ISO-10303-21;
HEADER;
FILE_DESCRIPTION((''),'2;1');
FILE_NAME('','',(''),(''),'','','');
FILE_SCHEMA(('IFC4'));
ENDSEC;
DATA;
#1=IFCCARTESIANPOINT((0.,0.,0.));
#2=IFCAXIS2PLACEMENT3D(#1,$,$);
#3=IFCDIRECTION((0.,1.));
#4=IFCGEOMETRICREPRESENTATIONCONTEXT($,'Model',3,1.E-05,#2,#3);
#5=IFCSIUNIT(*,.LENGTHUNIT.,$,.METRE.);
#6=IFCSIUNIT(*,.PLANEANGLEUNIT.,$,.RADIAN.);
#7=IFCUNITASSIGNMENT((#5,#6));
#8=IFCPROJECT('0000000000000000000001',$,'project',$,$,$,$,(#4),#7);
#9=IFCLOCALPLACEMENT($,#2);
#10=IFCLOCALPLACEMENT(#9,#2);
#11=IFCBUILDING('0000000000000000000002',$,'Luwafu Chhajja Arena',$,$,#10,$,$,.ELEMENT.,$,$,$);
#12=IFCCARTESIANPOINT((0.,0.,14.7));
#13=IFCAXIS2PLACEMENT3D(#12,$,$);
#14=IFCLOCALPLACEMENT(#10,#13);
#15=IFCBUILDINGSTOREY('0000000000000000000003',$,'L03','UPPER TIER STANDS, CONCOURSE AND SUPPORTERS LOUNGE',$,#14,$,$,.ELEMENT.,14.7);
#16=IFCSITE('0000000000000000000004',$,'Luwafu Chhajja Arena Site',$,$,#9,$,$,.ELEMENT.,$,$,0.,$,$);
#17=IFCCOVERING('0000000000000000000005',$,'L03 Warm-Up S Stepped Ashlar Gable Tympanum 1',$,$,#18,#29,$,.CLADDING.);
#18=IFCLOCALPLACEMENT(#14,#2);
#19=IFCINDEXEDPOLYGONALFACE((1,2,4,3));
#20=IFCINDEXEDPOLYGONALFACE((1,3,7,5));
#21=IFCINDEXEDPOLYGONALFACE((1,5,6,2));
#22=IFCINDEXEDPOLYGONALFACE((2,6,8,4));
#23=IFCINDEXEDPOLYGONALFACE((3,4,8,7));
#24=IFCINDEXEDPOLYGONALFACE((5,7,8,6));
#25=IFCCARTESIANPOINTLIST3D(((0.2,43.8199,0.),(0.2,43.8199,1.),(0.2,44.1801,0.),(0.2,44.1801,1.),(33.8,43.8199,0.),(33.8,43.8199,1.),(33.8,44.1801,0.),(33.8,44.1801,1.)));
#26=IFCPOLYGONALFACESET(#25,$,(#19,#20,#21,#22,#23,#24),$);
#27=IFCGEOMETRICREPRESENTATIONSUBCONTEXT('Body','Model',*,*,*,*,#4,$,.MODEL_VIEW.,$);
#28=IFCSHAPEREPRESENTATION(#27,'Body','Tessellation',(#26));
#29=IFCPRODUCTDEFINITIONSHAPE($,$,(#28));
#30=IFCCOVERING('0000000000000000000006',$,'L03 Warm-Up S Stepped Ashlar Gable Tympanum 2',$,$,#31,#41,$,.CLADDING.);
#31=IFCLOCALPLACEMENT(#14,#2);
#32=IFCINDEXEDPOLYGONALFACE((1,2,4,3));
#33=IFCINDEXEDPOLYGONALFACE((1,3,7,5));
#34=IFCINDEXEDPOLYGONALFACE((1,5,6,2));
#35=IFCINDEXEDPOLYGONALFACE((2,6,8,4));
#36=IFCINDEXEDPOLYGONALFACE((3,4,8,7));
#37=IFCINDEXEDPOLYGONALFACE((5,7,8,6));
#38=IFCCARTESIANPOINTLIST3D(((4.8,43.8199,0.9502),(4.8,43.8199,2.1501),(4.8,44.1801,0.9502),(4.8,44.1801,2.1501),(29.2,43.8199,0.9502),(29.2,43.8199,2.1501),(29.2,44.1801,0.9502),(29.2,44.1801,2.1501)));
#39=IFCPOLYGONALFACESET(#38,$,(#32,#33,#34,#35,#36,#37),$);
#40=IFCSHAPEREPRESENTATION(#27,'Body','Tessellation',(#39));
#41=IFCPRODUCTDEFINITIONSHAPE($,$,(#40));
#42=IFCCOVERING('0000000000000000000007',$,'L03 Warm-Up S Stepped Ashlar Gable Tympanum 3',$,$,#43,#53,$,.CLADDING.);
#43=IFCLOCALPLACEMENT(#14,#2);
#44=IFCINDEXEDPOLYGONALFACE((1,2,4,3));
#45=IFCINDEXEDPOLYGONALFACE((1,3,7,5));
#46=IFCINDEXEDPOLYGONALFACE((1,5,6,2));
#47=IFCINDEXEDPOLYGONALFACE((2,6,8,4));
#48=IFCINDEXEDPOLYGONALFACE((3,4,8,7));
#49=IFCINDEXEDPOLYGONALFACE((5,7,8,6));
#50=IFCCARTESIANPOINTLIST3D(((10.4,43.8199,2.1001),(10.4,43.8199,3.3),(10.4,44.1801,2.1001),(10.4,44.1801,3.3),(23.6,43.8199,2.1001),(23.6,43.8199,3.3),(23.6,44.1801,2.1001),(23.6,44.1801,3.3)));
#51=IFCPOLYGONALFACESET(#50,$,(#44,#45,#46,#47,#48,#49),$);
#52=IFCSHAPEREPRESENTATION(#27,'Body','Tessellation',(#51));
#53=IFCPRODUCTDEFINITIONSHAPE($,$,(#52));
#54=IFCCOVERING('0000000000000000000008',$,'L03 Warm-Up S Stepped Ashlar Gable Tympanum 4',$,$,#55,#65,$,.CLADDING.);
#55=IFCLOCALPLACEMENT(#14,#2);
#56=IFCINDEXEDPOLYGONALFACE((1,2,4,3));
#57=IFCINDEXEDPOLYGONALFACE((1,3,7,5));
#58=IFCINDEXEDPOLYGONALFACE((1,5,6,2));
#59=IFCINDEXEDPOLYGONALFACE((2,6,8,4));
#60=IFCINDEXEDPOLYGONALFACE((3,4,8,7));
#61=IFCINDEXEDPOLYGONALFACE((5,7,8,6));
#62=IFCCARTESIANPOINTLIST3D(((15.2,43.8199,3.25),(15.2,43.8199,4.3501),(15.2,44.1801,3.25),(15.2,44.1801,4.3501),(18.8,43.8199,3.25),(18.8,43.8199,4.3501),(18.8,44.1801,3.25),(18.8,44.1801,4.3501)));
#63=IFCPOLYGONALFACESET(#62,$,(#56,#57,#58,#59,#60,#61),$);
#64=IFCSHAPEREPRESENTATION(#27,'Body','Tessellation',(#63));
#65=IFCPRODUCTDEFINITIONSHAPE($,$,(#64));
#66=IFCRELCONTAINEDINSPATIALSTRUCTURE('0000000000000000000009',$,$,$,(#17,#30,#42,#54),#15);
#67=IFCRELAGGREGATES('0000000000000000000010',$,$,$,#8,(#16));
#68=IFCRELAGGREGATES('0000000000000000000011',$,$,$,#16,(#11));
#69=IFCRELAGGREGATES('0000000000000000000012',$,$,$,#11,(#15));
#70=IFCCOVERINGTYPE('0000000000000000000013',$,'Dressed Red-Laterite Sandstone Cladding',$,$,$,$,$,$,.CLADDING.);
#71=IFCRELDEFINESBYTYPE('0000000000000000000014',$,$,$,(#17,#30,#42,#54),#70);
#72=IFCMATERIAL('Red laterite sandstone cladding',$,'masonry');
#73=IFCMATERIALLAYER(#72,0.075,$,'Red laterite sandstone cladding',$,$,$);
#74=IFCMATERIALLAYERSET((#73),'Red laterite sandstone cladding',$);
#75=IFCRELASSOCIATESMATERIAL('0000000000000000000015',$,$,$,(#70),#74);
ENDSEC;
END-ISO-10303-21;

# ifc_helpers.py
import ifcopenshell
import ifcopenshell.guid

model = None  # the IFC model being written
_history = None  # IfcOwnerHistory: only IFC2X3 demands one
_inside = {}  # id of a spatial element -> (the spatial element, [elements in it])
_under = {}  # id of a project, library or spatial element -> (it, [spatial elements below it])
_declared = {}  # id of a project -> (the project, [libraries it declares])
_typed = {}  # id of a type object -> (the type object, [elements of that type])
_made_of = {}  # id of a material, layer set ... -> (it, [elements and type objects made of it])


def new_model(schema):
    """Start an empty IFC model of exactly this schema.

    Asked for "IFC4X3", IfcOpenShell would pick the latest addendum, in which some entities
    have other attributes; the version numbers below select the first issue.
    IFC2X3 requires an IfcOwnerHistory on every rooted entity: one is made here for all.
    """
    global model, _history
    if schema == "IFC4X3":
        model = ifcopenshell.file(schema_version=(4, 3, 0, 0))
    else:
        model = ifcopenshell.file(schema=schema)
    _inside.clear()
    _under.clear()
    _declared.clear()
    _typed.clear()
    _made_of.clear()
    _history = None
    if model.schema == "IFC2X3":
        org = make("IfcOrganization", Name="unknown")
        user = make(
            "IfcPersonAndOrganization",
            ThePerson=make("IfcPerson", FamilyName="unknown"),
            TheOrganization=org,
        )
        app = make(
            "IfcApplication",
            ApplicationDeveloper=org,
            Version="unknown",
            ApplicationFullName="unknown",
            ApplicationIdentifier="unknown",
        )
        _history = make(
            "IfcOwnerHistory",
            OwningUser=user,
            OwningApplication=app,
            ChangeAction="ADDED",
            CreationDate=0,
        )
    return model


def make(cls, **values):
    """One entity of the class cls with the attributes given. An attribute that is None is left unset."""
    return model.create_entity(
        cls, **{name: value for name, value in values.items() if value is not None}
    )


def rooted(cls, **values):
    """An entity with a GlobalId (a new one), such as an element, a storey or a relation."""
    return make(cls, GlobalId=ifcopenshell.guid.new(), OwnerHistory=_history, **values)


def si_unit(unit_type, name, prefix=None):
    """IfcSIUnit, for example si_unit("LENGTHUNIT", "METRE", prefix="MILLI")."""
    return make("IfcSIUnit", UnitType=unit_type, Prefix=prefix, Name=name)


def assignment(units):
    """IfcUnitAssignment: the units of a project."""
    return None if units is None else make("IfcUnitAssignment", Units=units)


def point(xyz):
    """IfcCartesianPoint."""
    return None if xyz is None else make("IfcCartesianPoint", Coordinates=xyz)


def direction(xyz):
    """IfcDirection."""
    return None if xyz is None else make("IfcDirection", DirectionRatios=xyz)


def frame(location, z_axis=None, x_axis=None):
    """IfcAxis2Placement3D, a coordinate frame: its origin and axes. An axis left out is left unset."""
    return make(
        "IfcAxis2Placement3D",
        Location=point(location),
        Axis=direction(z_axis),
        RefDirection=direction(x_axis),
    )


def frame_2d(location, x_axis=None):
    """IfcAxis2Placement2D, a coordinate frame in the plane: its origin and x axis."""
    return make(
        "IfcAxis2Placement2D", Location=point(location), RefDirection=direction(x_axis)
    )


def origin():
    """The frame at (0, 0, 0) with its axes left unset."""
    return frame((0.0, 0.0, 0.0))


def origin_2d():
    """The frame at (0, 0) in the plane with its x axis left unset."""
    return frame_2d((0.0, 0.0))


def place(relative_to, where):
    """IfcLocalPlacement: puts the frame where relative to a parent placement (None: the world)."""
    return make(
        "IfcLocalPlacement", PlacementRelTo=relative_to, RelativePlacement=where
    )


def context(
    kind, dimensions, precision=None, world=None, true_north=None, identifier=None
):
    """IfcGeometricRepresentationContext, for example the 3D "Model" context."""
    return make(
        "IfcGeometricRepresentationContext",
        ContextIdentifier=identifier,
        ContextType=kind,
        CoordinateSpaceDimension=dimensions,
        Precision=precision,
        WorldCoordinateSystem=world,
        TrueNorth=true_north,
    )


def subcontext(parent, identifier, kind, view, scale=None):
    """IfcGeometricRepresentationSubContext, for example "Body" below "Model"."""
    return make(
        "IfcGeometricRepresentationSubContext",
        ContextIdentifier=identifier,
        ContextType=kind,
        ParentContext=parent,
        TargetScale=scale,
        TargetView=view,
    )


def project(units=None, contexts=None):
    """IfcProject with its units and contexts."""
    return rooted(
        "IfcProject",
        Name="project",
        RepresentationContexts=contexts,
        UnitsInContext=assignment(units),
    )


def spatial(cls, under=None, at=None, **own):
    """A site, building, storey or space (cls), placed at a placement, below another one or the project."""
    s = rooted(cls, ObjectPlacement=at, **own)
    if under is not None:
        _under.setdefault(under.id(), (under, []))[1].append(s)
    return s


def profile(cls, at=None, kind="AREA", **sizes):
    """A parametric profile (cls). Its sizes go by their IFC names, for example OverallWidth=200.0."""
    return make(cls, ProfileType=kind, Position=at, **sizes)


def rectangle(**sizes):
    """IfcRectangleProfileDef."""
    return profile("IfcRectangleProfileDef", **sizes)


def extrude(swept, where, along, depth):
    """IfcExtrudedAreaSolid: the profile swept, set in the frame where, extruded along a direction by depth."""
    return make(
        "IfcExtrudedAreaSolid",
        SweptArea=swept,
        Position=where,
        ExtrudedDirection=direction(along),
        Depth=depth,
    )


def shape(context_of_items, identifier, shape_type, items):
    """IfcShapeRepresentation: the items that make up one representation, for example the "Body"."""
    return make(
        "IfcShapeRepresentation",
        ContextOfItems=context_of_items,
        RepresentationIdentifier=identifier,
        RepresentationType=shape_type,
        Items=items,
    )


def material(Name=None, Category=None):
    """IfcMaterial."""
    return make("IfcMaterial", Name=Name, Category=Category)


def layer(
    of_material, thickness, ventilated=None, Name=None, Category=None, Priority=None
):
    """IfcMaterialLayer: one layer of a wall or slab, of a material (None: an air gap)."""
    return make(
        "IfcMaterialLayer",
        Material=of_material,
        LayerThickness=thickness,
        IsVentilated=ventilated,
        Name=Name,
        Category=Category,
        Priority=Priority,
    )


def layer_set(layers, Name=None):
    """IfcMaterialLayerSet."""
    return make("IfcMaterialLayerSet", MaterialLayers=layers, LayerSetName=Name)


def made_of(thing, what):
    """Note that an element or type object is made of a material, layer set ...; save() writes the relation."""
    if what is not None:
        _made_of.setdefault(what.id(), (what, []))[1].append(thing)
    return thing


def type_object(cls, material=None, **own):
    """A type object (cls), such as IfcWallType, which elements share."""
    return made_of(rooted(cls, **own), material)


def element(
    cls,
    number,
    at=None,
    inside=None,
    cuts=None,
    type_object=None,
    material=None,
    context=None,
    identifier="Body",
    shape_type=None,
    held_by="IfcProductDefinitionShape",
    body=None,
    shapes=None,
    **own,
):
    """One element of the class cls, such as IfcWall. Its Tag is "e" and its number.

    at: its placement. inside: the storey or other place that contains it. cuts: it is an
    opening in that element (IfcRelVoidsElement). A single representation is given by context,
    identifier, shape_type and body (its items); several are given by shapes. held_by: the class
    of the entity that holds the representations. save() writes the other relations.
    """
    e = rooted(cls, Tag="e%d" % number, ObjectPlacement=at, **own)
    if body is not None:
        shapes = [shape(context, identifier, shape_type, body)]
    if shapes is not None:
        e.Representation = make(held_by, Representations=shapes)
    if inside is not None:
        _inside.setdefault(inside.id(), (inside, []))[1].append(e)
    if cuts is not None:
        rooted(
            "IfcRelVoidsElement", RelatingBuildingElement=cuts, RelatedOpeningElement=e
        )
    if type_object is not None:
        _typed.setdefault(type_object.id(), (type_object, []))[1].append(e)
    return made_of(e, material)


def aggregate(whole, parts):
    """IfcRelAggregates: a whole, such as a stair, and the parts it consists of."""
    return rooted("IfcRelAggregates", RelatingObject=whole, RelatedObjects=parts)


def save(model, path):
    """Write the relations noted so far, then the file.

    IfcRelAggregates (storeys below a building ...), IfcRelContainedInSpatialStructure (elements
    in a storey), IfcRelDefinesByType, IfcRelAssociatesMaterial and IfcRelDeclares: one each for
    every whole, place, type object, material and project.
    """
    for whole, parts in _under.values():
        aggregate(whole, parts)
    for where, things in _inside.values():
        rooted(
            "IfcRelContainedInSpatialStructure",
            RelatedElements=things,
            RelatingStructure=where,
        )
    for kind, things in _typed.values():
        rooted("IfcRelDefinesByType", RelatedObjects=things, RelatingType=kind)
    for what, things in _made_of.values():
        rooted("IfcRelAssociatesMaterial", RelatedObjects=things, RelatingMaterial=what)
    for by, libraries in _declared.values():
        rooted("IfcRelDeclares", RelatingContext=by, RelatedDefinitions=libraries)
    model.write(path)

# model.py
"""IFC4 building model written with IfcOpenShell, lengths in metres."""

from ifc_helpers import new_model, si_unit, direction, frame, origin, origin_2d, place, context, subcontext, project, spatial, rectangle, extrude, material, layer, layer_set, type_object, element, save


model = new_model("IFC4")

# Units and contexts
model_context = context("Model", 3, precision=1e-05, world=origin(), true_north=direction((0.0, 1.0)))
body_context = subcontext(model_context, "Body", "Model", "MODEL_VIEW")
ifc_project = project(units=[si_unit("LENGTHUNIT", "METRE"), si_unit("PLANEANGLEUNIT", "RADIAN")], contexts=[model_context])

# Site, building, storey
site_placement = place(None, origin())
site = spatial("IfcSite", under=ifc_project, at=site_placement, Name="Luwafu Chhajja Arena Site", CompositionType="ELEMENT", RefElevation=0.0)
building_placement = place(site_placement, origin())
building = spatial("IfcBuilding", under=site, at=building_placement, Name="Luwafu Chhajja Arena", CompositionType="ELEMENT")
storey_placement = place(building_placement, frame((0.0, 0.0, 14.7)))
storey = spatial("IfcBuildingStorey", under=building, at=storey_placement, Name="L03", Description="UPPER TIER STANDS, CONCOURSE AND SUPPORTERS LOUNGE", CompositionType="ELEMENT", Elevation=14.7)

# Coverings
ifc_material_1 = material(Name="Red laterite sandstone cladding", Category="masonry")
ifc_layer_1 = layer(ifc_material_1, 0.075, Name="Red laterite sandstone cladding")
ifc_layer_set_1 = layer_set([ifc_layer_1], Name="Red laterite sandstone cladding")
covering_type = type_object("IfcCoveringType", Name="Dressed Red-Laterite Sandstone Cladding", PredefinedType="CLADDING", material=ifc_layer_set_1)
covering_1_placement = place(storey_placement, frame((17.0, 44.0, 0.0), z_axis=(0.0, 0.0, 1.0), x_axis=(1.0, 0.0, 0.0)))
element("IfcCovering", 1, at=covering_1_placement, inside=storey, type_object=covering_type, Name="L03 Warm-Up S Stepped Ashlar Gable Tympanum 1", PredefinedType="CLADDING", context=body_context, shape_type="SweptSolid", body=[
    extrude(rectangle(XDim=33.6001, YDim=0.3601, at=origin_2d()), origin(), (0.0, 0.0, 1.0), 1.0),
])
covering_2_placement = place(storey_placement, frame((17.0, 44.0, 0.9502), z_axis=(0.0, 0.0, 1.0), x_axis=(1.0, 0.0, 0.0)))
element("IfcCovering", 2, at=covering_2_placement, inside=storey, type_object=covering_type, Name="L03 Warm-Up S Stepped Ashlar Gable Tympanum 2", PredefinedType="CLADDING", context=body_context, shape_type="SweptSolid", body=[
    extrude(rectangle(XDim=24.3999, YDim=0.3601, at=origin_2d()), origin(), (0.0, 0.0, 1.0), 1.2),
])
covering_3_placement = place(storey_placement, frame((17.0, 44.0, 2.1001), z_axis=(0.0, 0.0, 1.0), x_axis=(1.0, 0.0, 0.0)))
element("IfcCovering", 3, at=covering_3_placement, inside=storey, type_object=covering_type, Name="L03 Warm-Up S Stepped Ashlar Gable Tympanum 3", PredefinedType="CLADDING", context=body_context, shape_type="SweptSolid", body=[
    extrude(rectangle(XDim=13.2, YDim=0.3601, at=origin_2d()), origin(), (0.0, 0.0, 1.0), 1.2),
])
covering_4_placement = place(storey_placement, frame((17.0, 44.0, 3.25), z_axis=(0.0, 0.0, 1.0), x_axis=(1.0, 0.0, 0.0)))
element("IfcCovering", 4, at=covering_4_placement, inside=storey, type_object=covering_type, Name="L03 Warm-Up S Stepped Ashlar Gable Tympanum 4", PredefinedType="CLADDING", context=body_context, shape_type="SweptSolid", body=[
    extrude(rectangle(XDim=3.6001, YDim=0.3601, at=origin_2d()), origin(), (0.0, 0.0, 1.0), 1.1001),
])

save(model, "model.ifc")
